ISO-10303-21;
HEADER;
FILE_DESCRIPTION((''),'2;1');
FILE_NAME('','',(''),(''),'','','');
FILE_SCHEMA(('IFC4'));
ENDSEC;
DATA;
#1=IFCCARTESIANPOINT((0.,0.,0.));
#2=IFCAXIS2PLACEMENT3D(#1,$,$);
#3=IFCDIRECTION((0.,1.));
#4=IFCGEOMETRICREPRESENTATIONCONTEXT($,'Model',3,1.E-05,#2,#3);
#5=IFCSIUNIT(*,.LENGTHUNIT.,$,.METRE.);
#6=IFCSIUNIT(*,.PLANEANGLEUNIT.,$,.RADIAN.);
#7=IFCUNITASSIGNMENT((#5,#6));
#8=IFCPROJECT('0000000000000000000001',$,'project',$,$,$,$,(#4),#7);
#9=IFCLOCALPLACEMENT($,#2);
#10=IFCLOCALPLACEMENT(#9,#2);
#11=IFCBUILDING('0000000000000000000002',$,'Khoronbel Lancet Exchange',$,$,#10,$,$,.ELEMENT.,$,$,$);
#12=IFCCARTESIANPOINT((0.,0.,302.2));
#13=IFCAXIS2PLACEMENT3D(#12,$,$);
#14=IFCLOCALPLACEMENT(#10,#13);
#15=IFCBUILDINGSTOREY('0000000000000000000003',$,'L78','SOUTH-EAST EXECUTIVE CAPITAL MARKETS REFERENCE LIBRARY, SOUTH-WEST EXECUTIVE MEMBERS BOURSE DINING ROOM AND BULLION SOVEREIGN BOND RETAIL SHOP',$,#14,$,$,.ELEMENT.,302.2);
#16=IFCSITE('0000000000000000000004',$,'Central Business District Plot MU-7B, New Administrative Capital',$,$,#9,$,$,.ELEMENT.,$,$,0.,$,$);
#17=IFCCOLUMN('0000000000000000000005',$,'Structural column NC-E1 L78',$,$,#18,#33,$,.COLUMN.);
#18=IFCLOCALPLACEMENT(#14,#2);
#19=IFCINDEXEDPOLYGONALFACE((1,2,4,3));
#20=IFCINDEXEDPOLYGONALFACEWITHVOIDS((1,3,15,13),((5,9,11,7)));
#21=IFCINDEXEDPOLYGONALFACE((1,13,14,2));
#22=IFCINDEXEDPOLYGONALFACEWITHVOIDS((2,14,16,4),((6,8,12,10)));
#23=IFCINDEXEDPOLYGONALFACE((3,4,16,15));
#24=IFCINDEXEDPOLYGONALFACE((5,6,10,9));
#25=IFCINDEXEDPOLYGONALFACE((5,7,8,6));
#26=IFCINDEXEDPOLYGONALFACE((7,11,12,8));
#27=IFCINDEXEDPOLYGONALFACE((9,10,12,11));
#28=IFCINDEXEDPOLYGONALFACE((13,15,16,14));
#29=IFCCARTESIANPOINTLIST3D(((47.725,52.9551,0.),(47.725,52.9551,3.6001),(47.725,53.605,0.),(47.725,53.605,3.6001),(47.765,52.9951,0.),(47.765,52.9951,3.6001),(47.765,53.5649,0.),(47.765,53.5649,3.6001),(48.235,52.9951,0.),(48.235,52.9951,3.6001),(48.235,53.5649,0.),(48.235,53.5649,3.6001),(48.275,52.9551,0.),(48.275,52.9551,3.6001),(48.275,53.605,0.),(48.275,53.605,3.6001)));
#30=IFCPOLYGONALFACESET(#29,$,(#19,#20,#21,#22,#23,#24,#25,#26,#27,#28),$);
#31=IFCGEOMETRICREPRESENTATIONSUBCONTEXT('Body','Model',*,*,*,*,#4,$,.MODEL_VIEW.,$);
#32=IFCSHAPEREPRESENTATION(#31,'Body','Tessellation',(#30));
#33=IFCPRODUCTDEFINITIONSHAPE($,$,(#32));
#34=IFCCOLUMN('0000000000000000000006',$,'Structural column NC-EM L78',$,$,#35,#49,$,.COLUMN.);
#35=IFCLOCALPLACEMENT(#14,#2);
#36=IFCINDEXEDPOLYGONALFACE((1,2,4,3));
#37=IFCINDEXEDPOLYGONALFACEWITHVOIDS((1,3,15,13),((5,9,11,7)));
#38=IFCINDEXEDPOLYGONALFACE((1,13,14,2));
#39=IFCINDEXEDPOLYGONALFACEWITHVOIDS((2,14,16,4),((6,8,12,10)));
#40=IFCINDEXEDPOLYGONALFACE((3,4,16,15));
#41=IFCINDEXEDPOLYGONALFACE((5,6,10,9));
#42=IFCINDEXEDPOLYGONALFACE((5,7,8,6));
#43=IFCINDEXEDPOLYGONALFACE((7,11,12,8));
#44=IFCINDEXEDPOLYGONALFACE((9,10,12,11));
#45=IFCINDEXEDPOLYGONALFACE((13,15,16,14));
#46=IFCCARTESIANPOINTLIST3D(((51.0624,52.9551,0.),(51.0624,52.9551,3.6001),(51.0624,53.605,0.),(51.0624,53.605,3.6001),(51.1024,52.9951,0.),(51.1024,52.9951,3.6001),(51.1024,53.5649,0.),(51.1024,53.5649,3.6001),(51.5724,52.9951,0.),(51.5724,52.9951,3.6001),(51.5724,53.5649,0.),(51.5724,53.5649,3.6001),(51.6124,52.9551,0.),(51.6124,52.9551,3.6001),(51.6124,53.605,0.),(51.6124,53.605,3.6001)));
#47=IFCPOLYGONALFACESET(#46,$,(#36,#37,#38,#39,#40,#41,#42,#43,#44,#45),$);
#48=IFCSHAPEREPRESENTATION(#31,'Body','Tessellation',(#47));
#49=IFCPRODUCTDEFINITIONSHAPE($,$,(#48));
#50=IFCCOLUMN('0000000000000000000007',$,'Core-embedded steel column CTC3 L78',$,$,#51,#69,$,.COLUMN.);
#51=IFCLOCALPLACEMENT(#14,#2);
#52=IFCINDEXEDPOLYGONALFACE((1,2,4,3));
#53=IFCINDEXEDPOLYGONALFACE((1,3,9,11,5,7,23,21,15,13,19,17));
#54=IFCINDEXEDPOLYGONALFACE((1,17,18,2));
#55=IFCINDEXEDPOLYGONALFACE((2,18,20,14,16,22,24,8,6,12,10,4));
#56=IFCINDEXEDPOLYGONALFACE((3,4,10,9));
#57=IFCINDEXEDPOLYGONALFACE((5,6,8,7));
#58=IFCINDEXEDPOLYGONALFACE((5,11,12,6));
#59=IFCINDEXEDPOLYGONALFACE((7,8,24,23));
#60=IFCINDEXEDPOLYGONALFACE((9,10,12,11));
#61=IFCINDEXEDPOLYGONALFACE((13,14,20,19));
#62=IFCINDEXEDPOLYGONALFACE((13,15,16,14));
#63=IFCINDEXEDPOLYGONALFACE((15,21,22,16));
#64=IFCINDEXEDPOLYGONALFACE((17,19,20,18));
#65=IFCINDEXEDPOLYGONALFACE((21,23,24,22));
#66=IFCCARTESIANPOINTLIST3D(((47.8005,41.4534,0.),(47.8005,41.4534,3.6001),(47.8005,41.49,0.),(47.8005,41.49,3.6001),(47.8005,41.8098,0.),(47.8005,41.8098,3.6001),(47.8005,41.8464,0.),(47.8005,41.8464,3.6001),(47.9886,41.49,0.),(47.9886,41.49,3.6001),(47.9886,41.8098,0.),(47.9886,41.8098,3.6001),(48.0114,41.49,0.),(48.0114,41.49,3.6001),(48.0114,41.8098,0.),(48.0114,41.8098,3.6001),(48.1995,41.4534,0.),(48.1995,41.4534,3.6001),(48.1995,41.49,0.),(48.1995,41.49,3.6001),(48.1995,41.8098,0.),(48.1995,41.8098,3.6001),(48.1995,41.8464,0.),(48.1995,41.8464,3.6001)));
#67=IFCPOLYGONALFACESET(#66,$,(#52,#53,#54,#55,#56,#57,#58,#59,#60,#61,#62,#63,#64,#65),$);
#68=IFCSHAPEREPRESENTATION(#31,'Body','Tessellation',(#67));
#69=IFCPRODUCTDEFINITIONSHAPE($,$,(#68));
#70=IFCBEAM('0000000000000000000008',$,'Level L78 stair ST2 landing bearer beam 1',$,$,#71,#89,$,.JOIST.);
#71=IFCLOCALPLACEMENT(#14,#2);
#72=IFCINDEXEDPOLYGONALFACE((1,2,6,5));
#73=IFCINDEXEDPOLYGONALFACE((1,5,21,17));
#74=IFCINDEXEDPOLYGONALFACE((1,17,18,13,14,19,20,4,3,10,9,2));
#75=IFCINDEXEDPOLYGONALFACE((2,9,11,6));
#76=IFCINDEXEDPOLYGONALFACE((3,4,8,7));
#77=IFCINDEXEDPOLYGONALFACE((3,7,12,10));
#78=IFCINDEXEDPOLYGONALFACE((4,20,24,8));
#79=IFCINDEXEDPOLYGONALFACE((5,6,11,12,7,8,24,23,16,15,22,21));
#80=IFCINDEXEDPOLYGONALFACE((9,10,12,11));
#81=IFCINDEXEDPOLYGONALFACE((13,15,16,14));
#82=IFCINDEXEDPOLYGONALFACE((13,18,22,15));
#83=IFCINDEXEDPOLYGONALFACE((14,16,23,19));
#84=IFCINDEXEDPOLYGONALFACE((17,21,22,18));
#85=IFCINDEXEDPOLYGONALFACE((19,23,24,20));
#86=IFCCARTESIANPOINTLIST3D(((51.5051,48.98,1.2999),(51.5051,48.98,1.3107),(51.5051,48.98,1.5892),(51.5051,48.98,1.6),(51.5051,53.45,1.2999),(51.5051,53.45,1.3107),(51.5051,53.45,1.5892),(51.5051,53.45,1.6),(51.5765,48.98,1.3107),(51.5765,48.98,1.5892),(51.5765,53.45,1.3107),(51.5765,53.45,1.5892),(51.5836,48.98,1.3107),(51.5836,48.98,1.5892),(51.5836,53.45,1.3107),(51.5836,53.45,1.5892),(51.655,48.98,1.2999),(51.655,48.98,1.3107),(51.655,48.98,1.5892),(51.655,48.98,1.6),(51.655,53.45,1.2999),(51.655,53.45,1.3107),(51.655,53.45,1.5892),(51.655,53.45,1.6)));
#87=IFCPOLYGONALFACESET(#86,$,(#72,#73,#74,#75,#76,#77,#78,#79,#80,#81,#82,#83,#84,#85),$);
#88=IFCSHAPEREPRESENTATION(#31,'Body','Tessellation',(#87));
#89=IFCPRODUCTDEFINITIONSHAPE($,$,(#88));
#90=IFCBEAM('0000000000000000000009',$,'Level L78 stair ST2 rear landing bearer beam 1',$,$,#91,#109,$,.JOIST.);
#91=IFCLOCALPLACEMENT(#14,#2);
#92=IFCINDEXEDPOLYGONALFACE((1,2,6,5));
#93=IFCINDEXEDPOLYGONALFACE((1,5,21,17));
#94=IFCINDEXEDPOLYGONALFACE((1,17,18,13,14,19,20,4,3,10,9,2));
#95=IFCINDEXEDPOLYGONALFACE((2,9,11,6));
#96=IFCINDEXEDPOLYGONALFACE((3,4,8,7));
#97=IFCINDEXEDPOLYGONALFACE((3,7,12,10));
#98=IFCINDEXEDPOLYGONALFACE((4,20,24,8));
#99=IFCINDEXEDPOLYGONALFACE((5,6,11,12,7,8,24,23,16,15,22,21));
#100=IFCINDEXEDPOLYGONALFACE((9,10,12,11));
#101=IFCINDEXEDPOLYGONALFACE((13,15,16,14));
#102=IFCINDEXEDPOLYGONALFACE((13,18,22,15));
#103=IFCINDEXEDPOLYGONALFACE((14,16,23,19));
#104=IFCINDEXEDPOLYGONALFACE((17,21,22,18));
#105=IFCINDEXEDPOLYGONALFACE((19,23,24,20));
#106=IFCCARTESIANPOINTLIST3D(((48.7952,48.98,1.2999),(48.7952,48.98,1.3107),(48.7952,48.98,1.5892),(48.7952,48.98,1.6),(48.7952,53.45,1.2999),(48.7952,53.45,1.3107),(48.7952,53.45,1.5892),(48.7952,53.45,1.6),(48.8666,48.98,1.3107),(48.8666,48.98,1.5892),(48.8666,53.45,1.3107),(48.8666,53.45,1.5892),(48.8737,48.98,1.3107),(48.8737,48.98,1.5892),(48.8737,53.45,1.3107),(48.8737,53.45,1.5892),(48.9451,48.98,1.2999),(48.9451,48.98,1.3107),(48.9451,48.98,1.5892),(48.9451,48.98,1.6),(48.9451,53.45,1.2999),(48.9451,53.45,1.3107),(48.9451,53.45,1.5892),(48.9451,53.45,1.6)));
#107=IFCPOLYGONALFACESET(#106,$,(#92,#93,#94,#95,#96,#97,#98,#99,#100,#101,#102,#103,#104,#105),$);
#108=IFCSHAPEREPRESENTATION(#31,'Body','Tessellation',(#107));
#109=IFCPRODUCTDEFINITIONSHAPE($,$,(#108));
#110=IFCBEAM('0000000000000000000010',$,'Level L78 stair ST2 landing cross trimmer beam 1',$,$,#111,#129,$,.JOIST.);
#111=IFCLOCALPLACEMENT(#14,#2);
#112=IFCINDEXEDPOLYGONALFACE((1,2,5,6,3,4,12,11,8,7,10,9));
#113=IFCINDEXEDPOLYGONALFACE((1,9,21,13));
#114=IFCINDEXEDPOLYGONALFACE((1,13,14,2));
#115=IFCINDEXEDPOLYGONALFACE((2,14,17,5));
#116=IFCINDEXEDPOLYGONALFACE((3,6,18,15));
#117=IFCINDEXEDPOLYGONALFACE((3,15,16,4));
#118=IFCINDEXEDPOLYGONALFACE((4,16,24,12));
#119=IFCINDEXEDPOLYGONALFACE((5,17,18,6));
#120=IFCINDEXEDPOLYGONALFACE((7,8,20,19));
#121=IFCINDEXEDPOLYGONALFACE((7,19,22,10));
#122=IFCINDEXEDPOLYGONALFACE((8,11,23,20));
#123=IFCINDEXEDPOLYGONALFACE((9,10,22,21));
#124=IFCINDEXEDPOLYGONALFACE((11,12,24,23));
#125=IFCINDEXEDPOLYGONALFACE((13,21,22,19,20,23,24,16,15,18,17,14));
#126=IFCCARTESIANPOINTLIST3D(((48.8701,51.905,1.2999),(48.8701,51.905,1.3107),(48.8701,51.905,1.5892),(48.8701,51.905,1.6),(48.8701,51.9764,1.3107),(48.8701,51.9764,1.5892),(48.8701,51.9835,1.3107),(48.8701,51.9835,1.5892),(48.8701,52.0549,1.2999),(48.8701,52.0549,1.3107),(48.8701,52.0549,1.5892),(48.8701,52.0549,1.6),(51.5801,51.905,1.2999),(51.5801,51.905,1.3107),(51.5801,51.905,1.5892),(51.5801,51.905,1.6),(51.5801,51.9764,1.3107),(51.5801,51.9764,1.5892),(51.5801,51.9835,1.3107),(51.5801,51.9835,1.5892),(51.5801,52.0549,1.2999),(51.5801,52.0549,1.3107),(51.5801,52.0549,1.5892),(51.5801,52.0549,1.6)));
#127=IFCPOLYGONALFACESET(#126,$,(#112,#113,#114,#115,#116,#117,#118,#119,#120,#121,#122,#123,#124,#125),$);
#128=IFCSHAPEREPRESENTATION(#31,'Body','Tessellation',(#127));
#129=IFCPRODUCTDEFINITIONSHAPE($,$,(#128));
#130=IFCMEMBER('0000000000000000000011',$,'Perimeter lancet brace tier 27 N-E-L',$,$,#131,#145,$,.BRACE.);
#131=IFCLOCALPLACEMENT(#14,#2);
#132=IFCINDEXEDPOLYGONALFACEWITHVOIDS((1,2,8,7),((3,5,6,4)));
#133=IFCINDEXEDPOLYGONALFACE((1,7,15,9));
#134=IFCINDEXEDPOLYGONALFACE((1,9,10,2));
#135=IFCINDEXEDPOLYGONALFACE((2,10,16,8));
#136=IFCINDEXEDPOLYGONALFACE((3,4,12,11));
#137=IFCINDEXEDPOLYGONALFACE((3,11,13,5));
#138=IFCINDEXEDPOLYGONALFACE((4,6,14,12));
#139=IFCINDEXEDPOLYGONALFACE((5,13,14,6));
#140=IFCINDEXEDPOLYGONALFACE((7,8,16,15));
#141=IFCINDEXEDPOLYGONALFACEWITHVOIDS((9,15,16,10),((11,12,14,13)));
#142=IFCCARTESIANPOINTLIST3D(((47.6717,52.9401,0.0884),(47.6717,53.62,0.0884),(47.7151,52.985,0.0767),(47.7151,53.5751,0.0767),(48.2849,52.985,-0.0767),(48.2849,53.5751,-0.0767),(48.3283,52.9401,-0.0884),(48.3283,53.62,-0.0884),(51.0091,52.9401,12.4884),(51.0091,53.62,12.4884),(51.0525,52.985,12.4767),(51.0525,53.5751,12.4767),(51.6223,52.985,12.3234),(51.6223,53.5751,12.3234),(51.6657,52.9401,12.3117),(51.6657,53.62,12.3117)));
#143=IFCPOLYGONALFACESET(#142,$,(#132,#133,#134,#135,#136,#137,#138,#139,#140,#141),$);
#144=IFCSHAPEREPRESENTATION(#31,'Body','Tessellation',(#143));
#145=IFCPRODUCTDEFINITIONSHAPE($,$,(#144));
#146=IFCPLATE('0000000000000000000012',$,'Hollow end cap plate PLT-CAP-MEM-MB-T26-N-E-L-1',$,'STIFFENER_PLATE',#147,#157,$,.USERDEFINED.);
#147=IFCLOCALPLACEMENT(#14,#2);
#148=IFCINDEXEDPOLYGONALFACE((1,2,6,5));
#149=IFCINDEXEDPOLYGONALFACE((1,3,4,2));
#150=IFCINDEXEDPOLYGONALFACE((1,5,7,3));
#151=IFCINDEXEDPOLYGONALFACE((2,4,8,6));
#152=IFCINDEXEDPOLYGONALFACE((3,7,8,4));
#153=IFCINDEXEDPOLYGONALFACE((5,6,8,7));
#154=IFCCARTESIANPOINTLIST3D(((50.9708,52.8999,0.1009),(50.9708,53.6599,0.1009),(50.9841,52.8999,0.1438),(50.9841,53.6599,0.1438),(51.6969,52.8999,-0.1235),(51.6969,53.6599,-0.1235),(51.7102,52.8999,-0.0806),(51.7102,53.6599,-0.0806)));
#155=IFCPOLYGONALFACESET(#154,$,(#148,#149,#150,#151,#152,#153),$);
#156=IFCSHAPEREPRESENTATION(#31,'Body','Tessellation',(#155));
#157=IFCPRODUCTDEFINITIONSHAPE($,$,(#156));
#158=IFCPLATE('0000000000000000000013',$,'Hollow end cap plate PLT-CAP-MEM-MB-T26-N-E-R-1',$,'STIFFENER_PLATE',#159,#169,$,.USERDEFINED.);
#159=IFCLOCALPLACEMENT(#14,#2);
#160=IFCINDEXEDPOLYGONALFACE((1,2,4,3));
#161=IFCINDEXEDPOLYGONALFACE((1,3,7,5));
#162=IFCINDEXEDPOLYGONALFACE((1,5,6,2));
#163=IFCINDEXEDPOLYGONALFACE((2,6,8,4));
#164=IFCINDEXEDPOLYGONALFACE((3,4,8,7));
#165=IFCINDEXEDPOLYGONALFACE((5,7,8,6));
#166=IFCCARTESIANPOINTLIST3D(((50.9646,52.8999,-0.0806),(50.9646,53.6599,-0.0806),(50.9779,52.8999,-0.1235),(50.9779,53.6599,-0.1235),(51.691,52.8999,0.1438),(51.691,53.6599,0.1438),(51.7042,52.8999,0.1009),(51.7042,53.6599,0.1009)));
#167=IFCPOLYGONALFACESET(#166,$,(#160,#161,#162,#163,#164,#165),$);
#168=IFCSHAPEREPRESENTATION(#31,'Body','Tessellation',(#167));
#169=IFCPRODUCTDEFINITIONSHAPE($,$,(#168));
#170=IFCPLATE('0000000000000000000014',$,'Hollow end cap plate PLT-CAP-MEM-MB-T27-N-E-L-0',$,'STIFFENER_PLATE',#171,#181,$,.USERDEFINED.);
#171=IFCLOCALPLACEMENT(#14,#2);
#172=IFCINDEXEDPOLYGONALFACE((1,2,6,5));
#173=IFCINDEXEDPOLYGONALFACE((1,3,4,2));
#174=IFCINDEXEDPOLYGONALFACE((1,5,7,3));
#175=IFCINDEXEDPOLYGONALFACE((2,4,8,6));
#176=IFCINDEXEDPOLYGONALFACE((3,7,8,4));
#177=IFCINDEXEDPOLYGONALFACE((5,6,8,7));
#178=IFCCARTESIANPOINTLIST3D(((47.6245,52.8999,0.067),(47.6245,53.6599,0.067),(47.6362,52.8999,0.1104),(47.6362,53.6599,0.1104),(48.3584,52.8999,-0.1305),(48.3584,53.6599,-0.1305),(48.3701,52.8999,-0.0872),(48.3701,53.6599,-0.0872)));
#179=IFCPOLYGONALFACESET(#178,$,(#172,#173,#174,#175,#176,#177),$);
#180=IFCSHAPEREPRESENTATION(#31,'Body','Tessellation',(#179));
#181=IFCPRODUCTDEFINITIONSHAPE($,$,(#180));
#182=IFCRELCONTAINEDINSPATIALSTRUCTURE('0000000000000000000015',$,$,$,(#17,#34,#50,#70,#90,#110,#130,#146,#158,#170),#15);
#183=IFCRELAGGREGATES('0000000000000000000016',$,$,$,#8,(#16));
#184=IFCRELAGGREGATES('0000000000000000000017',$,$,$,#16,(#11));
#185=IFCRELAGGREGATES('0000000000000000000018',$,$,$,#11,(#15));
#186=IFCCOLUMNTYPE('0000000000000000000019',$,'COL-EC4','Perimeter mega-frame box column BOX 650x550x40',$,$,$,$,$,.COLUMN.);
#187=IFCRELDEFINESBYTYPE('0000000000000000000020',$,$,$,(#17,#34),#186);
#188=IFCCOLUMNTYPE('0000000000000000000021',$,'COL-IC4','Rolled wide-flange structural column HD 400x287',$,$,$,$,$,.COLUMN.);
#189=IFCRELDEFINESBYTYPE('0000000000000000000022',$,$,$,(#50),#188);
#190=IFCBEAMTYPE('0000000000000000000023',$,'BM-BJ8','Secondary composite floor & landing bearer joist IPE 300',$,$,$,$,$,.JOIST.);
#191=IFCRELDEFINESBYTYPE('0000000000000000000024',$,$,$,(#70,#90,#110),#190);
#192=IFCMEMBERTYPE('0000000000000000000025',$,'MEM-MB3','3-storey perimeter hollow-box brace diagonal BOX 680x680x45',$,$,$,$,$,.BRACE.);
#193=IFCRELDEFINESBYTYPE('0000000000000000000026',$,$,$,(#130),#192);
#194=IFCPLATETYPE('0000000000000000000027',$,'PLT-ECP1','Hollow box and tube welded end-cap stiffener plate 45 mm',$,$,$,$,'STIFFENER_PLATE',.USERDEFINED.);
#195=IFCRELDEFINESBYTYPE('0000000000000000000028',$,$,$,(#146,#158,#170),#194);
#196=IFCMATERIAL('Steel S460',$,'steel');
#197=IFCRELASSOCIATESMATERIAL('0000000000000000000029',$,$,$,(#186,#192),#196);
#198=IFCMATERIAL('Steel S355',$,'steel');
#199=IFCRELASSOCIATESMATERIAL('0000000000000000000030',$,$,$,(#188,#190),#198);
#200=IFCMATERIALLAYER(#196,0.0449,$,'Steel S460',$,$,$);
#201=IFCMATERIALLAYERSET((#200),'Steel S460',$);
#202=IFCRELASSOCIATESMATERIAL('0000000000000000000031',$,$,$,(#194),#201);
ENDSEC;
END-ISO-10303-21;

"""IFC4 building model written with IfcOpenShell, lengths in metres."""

from ifc_helpers import new_model, si_unit, direction, frame, origin, origin_2d, place, context, subcontext, project, spatial, polyline, hollow_rectangle, i_section, outline, extrude, material, layer, layer_set, material_profile, profile_set, type_object, element, save


model = new_model("IFC4")

# Units and contexts
model_context = context("Model", 3, precision=1e-05, world=origin(), true_north=direction((0.0, 1.0)))
body_context = subcontext(model_context, "Body", "Model", "MODEL_VIEW")
ifc_project = project(units=[si_unit("LENGTHUNIT", "METRE"), si_unit("PLANEANGLEUNIT", "RADIAN")], contexts=[model_context])

# Site, building, storey
site_placement = place(None, origin())
site = spatial("IfcSite", under=ifc_project, at=site_placement, Name="Central Business District Plot MU-7B, New Administrative Capital", CompositionType="ELEMENT", RefElevation=0.0)
building_placement = place(site_placement, origin())
building = spatial("IfcBuilding", under=site, at=building_placement, Name="Khoronbel Lancet Exchange", CompositionType="ELEMENT")
storey_placement = place(building_placement, frame((0.0, 0.0, 302.2)))
storey = spatial("IfcBuildingStorey", under=building, at=storey_placement, Name="L78", Description="SOUTH-EAST EXECUTIVE CAPITAL MARKETS REFERENCE LIBRARY, SOUTH-WEST EXECUTIVE MEMBERS BOURSE DINING ROOM AND BULLION SOVEREIGN BOND RETAIL SHOP", CompositionType="ELEMENT", Elevation=302.2)

# Columns
ifc_material_1 = material(Name="Steel S460", Category="steel")
ifc_material_profile_1 = material_profile(ifc_material_1, hollow_rectangle(XDim=0.55, YDim=0.6499, WallThickness=0.04, at=origin_2d()), Name="BOX 650x550x40")
ifc_profile_set_1 = profile_set([ifc_material_profile_1], Name="Steel S460")
column_type_1 = type_object("IfcColumnType", Name="COL-EC4", Description="Perimeter mega-frame box column BOX 650x550x40", PredefinedType="COLUMN", material=ifc_profile_set_1)
for number, where, z_axis, x_axis, name in (
    (1, (48.0, 53.28, 0.0), (0.0, 0.0, 1.0), (1.0, 0.0, 0.0), "Structural column NC-E1 L78"),
    (2, (51.3374, 53.28, 0.0), (0.0, 0.0, 1.0), (1.0, 0.0, 0.0), "Structural column NC-EM L78"),
):
    element("IfcColumn", number, at=place(storey_placement, frame(where, z_axis=z_axis, x_axis=x_axis)), inside=storey, type_object=column_type_1, Name=name, PredefinedType="COLUMN", context=body_context, shape_type="SweptSolid", body=[
        extrude(hollow_rectangle(XDim=0.55, YDim=0.6499, WallThickness=0.04, at=origin_2d()), origin(), (0.0, 0.0, 1.0), 3.6001),
    ])
ifc_material_2 = material(Name="Steel S355", Category="steel")
ifc_material_profile_2 = material_profile(ifc_material_2, i_section(OverallWidth=0.3989, OverallDepth=0.3931, WebThickness=0.0227, FlangeThickness=0.0366, at=origin_2d()), Name="HD 400x287")
ifc_profile_set_2 = profile_set([ifc_material_profile_2], Name="Steel S355")
column_type_2 = type_object("IfcColumnType", Name="COL-IC4", Description="Rolled wide-flange structural column HD 400x287", PredefinedType="COLUMN", material=ifc_profile_set_2)
column_placement = place(storey_placement, frame((48.0, 41.6499, 0.0), z_axis=(0.0, 0.0, 1.0), x_axis=(1.0, 0.0, 0.0)))
element("IfcColumn", 3, at=column_placement, inside=storey, type_object=column_type_2, Name="Core-embedded steel column CTC3 L78", PredefinedType="COLUMN", context=body_context, shape_type="SweptSolid", body=[
    extrude(i_section(OverallWidth=0.3989, OverallDepth=0.3931, WebThickness=0.0227, FlangeThickness=0.0366, at=origin_2d()), origin(), (0.0, 0.0, 1.0), 3.6001),
])

# Beams
ifc_material_profile_3 = material_profile(ifc_material_2, i_section(OverallWidth=0.1499, OverallDepth=0.3, WebThickness=0.0071, FlangeThickness=0.0107, at=origin_2d()), Name="IPE 300")
ifc_profile_set_3 = profile_set([ifc_material_profile_3], Name="Steel S355")
beam_type = type_object("IfcBeamType", Name="BM-BJ8", Description="Secondary composite floor & landing bearer joist IPE 300", PredefinedType="JOIST", material=ifc_profile_set_3)
for number, where, z_axis, x_axis, name in (
    (4, (51.5801, 48.98, 1.45), (0.0, 1.0, 0.0), (-1.0, 0.0, 0.0), "Level L78 stair ST2 landing bearer beam 1"),
    (5, (48.8701, 48.98, 1.45), (0.0, 1.0, 0.0), (-1.0, 0.0, 0.0), "Level L78 stair ST2 rear landing bearer beam 1"),
):
    element("IfcBeam", number, at=place(storey_placement, frame(where, z_axis=z_axis, x_axis=x_axis)), inside=storey, type_object=beam_type, Name=name, PredefinedType="JOIST", context=body_context, shape_type="SweptSolid", body=[
        extrude(i_section(OverallWidth=0.1499, OverallDepth=0.3, WebThickness=0.0071, FlangeThickness=0.0107, at=origin_2d()), origin(), (0.0, 0.0, 1.0), 4.47),
    ])
beam_placement = place(storey_placement, frame((48.8701, 51.98, 1.45), z_axis=(1.0, 0.0, 0.0), x_axis=(0.0, 1.0, 0.0)))
element("IfcBeam", 6, at=beam_placement, inside=storey, type_object=beam_type, Name="Level L78 stair ST2 landing cross trimmer beam 1", PredefinedType="JOIST", context=body_context, shape_type="SweptSolid", body=[
    extrude(i_section(OverallWidth=0.1499, OverallDepth=0.3, WebThickness=0.0071, FlangeThickness=0.0107, at=origin_2d()), origin(), (0.0, 0.0, 1.0), 2.71),
])

# Member
ifc_material_profile_4 = material_profile(ifc_material_1, hollow_rectangle(XDim=0.6799, YDim=0.6799, WallThickness=0.0449, at=origin_2d()), Name="BOX 680x680x45")
ifc_profile_set_4 = profile_set([ifc_material_profile_4], Name="Steel S460")
member_type = type_object("IfcMemberType", Name="MEM-MB3", Description="3-storey perimeter hollow-box brace diagonal BOX 680x680x45", PredefinedType="BRACE", material=ifc_profile_set_4)
member_placement = place(storey_placement, frame((48.0, 53.28, 0.0), z_axis=(0.259894, 0.0, 0.965637), x_axis=(0.0, 1.0, 0.0)))
element("IfcMember", 7, at=member_placement, inside=storey, type_object=member_type, Name="Perimeter lancet brace tier 27 N-E-L", PredefinedType="BRACE", context=body_context, shape_type="SweptSolid", body=[
    extrude(hollow_rectangle(XDim=0.6799, YDim=0.6799, WallThickness=0.0449, at=origin_2d()), origin(), (0.0, 0.0, 1.0), 12.8413),
])

# Plates
ifc_layer_1 = layer(ifc_material_1, 0.0449, Name="Steel S460")
ifc_layer_set_1 = layer_set([ifc_layer_1], Name="Steel S460")
plate_type = type_object("IfcPlateType", Name="PLT-ECP1", Description="Hollow box and tube welded end-cap stiffener plate 45 mm", ElementType="STIFFENER_PLATE", PredefinedType="USERDEFINED", material=ifc_layer_set_1)
plate_1_placement = place(storey_placement, frame((51.7102, 52.8999, -0.0806), z_axis=(0.295237, 0.0, 0.955424), x_axis=(0.0, 1.0, 0.0)))
element("IfcPlate", 8, at=plate_1_placement, inside=storey, type_object=plate_type, Name="Hollow end cap plate PLT-CAP-MEM-MB-T26-N-E-L-1", ObjectType="STIFFENER_PLATE", PredefinedType="USERDEFINED", context=body_context, shape_type="SweptSolid", body=[
    extrude(outline(polyline([(0.0, 0.0), (0.76, 0.0), (0.76, 0.76), (0.0, 0.76), (0.0, 0.0)])), origin(), (0.0, 0.0, -1.0), 0.0449),
])
plate_2_placement = place(storey_placement, frame((50.9646, 53.6599, -0.0806), z_axis=(-0.295146, 0.0, 0.955452), x_axis=(0.0, -1.0, 0.0)))
element("IfcPlate", 9, at=plate_2_placement, inside=storey, type_object=plate_type, Name="Hollow end cap plate PLT-CAP-MEM-MB-T26-N-E-R-1", ObjectType="STIFFENER_PLATE", PredefinedType="USERDEFINED", context=body_context, shape_type="SweptSolid", body=[
    extrude(outline(polyline([(0.0, 0.0), (0.76, 0.0), (0.76, 0.7603), (0.0, 0.7603), (0.0, 0.0)])), origin(), (0.0, 0.0, -1.0), 0.0449),
])
plate_3_placement = place(storey_placement, frame((48.3701, 52.8999, -0.0872), z_axis=(0.259881, 0.0, 0.965641), x_axis=(0.0, 1.0, 0.0)))
element("IfcPlate", 10, at=plate_3_placement, inside=storey, type_object=plate_type, Name="Hollow end cap plate PLT-CAP-MEM-MB-T27-N-E-L-0", ObjectType="STIFFENER_PLATE", PredefinedType="USERDEFINED", context=body_context, shape_type="SweptSolid", body=[
    extrude(outline(polyline([(0.0, 0.0), (0.76, 0.0), (0.76, 0.76), (0.0, 0.76), (0.0, 0.0)])), origin(), (0.0, 0.0, -1.0), 0.0449),
])

save(model, "model.ifc")
